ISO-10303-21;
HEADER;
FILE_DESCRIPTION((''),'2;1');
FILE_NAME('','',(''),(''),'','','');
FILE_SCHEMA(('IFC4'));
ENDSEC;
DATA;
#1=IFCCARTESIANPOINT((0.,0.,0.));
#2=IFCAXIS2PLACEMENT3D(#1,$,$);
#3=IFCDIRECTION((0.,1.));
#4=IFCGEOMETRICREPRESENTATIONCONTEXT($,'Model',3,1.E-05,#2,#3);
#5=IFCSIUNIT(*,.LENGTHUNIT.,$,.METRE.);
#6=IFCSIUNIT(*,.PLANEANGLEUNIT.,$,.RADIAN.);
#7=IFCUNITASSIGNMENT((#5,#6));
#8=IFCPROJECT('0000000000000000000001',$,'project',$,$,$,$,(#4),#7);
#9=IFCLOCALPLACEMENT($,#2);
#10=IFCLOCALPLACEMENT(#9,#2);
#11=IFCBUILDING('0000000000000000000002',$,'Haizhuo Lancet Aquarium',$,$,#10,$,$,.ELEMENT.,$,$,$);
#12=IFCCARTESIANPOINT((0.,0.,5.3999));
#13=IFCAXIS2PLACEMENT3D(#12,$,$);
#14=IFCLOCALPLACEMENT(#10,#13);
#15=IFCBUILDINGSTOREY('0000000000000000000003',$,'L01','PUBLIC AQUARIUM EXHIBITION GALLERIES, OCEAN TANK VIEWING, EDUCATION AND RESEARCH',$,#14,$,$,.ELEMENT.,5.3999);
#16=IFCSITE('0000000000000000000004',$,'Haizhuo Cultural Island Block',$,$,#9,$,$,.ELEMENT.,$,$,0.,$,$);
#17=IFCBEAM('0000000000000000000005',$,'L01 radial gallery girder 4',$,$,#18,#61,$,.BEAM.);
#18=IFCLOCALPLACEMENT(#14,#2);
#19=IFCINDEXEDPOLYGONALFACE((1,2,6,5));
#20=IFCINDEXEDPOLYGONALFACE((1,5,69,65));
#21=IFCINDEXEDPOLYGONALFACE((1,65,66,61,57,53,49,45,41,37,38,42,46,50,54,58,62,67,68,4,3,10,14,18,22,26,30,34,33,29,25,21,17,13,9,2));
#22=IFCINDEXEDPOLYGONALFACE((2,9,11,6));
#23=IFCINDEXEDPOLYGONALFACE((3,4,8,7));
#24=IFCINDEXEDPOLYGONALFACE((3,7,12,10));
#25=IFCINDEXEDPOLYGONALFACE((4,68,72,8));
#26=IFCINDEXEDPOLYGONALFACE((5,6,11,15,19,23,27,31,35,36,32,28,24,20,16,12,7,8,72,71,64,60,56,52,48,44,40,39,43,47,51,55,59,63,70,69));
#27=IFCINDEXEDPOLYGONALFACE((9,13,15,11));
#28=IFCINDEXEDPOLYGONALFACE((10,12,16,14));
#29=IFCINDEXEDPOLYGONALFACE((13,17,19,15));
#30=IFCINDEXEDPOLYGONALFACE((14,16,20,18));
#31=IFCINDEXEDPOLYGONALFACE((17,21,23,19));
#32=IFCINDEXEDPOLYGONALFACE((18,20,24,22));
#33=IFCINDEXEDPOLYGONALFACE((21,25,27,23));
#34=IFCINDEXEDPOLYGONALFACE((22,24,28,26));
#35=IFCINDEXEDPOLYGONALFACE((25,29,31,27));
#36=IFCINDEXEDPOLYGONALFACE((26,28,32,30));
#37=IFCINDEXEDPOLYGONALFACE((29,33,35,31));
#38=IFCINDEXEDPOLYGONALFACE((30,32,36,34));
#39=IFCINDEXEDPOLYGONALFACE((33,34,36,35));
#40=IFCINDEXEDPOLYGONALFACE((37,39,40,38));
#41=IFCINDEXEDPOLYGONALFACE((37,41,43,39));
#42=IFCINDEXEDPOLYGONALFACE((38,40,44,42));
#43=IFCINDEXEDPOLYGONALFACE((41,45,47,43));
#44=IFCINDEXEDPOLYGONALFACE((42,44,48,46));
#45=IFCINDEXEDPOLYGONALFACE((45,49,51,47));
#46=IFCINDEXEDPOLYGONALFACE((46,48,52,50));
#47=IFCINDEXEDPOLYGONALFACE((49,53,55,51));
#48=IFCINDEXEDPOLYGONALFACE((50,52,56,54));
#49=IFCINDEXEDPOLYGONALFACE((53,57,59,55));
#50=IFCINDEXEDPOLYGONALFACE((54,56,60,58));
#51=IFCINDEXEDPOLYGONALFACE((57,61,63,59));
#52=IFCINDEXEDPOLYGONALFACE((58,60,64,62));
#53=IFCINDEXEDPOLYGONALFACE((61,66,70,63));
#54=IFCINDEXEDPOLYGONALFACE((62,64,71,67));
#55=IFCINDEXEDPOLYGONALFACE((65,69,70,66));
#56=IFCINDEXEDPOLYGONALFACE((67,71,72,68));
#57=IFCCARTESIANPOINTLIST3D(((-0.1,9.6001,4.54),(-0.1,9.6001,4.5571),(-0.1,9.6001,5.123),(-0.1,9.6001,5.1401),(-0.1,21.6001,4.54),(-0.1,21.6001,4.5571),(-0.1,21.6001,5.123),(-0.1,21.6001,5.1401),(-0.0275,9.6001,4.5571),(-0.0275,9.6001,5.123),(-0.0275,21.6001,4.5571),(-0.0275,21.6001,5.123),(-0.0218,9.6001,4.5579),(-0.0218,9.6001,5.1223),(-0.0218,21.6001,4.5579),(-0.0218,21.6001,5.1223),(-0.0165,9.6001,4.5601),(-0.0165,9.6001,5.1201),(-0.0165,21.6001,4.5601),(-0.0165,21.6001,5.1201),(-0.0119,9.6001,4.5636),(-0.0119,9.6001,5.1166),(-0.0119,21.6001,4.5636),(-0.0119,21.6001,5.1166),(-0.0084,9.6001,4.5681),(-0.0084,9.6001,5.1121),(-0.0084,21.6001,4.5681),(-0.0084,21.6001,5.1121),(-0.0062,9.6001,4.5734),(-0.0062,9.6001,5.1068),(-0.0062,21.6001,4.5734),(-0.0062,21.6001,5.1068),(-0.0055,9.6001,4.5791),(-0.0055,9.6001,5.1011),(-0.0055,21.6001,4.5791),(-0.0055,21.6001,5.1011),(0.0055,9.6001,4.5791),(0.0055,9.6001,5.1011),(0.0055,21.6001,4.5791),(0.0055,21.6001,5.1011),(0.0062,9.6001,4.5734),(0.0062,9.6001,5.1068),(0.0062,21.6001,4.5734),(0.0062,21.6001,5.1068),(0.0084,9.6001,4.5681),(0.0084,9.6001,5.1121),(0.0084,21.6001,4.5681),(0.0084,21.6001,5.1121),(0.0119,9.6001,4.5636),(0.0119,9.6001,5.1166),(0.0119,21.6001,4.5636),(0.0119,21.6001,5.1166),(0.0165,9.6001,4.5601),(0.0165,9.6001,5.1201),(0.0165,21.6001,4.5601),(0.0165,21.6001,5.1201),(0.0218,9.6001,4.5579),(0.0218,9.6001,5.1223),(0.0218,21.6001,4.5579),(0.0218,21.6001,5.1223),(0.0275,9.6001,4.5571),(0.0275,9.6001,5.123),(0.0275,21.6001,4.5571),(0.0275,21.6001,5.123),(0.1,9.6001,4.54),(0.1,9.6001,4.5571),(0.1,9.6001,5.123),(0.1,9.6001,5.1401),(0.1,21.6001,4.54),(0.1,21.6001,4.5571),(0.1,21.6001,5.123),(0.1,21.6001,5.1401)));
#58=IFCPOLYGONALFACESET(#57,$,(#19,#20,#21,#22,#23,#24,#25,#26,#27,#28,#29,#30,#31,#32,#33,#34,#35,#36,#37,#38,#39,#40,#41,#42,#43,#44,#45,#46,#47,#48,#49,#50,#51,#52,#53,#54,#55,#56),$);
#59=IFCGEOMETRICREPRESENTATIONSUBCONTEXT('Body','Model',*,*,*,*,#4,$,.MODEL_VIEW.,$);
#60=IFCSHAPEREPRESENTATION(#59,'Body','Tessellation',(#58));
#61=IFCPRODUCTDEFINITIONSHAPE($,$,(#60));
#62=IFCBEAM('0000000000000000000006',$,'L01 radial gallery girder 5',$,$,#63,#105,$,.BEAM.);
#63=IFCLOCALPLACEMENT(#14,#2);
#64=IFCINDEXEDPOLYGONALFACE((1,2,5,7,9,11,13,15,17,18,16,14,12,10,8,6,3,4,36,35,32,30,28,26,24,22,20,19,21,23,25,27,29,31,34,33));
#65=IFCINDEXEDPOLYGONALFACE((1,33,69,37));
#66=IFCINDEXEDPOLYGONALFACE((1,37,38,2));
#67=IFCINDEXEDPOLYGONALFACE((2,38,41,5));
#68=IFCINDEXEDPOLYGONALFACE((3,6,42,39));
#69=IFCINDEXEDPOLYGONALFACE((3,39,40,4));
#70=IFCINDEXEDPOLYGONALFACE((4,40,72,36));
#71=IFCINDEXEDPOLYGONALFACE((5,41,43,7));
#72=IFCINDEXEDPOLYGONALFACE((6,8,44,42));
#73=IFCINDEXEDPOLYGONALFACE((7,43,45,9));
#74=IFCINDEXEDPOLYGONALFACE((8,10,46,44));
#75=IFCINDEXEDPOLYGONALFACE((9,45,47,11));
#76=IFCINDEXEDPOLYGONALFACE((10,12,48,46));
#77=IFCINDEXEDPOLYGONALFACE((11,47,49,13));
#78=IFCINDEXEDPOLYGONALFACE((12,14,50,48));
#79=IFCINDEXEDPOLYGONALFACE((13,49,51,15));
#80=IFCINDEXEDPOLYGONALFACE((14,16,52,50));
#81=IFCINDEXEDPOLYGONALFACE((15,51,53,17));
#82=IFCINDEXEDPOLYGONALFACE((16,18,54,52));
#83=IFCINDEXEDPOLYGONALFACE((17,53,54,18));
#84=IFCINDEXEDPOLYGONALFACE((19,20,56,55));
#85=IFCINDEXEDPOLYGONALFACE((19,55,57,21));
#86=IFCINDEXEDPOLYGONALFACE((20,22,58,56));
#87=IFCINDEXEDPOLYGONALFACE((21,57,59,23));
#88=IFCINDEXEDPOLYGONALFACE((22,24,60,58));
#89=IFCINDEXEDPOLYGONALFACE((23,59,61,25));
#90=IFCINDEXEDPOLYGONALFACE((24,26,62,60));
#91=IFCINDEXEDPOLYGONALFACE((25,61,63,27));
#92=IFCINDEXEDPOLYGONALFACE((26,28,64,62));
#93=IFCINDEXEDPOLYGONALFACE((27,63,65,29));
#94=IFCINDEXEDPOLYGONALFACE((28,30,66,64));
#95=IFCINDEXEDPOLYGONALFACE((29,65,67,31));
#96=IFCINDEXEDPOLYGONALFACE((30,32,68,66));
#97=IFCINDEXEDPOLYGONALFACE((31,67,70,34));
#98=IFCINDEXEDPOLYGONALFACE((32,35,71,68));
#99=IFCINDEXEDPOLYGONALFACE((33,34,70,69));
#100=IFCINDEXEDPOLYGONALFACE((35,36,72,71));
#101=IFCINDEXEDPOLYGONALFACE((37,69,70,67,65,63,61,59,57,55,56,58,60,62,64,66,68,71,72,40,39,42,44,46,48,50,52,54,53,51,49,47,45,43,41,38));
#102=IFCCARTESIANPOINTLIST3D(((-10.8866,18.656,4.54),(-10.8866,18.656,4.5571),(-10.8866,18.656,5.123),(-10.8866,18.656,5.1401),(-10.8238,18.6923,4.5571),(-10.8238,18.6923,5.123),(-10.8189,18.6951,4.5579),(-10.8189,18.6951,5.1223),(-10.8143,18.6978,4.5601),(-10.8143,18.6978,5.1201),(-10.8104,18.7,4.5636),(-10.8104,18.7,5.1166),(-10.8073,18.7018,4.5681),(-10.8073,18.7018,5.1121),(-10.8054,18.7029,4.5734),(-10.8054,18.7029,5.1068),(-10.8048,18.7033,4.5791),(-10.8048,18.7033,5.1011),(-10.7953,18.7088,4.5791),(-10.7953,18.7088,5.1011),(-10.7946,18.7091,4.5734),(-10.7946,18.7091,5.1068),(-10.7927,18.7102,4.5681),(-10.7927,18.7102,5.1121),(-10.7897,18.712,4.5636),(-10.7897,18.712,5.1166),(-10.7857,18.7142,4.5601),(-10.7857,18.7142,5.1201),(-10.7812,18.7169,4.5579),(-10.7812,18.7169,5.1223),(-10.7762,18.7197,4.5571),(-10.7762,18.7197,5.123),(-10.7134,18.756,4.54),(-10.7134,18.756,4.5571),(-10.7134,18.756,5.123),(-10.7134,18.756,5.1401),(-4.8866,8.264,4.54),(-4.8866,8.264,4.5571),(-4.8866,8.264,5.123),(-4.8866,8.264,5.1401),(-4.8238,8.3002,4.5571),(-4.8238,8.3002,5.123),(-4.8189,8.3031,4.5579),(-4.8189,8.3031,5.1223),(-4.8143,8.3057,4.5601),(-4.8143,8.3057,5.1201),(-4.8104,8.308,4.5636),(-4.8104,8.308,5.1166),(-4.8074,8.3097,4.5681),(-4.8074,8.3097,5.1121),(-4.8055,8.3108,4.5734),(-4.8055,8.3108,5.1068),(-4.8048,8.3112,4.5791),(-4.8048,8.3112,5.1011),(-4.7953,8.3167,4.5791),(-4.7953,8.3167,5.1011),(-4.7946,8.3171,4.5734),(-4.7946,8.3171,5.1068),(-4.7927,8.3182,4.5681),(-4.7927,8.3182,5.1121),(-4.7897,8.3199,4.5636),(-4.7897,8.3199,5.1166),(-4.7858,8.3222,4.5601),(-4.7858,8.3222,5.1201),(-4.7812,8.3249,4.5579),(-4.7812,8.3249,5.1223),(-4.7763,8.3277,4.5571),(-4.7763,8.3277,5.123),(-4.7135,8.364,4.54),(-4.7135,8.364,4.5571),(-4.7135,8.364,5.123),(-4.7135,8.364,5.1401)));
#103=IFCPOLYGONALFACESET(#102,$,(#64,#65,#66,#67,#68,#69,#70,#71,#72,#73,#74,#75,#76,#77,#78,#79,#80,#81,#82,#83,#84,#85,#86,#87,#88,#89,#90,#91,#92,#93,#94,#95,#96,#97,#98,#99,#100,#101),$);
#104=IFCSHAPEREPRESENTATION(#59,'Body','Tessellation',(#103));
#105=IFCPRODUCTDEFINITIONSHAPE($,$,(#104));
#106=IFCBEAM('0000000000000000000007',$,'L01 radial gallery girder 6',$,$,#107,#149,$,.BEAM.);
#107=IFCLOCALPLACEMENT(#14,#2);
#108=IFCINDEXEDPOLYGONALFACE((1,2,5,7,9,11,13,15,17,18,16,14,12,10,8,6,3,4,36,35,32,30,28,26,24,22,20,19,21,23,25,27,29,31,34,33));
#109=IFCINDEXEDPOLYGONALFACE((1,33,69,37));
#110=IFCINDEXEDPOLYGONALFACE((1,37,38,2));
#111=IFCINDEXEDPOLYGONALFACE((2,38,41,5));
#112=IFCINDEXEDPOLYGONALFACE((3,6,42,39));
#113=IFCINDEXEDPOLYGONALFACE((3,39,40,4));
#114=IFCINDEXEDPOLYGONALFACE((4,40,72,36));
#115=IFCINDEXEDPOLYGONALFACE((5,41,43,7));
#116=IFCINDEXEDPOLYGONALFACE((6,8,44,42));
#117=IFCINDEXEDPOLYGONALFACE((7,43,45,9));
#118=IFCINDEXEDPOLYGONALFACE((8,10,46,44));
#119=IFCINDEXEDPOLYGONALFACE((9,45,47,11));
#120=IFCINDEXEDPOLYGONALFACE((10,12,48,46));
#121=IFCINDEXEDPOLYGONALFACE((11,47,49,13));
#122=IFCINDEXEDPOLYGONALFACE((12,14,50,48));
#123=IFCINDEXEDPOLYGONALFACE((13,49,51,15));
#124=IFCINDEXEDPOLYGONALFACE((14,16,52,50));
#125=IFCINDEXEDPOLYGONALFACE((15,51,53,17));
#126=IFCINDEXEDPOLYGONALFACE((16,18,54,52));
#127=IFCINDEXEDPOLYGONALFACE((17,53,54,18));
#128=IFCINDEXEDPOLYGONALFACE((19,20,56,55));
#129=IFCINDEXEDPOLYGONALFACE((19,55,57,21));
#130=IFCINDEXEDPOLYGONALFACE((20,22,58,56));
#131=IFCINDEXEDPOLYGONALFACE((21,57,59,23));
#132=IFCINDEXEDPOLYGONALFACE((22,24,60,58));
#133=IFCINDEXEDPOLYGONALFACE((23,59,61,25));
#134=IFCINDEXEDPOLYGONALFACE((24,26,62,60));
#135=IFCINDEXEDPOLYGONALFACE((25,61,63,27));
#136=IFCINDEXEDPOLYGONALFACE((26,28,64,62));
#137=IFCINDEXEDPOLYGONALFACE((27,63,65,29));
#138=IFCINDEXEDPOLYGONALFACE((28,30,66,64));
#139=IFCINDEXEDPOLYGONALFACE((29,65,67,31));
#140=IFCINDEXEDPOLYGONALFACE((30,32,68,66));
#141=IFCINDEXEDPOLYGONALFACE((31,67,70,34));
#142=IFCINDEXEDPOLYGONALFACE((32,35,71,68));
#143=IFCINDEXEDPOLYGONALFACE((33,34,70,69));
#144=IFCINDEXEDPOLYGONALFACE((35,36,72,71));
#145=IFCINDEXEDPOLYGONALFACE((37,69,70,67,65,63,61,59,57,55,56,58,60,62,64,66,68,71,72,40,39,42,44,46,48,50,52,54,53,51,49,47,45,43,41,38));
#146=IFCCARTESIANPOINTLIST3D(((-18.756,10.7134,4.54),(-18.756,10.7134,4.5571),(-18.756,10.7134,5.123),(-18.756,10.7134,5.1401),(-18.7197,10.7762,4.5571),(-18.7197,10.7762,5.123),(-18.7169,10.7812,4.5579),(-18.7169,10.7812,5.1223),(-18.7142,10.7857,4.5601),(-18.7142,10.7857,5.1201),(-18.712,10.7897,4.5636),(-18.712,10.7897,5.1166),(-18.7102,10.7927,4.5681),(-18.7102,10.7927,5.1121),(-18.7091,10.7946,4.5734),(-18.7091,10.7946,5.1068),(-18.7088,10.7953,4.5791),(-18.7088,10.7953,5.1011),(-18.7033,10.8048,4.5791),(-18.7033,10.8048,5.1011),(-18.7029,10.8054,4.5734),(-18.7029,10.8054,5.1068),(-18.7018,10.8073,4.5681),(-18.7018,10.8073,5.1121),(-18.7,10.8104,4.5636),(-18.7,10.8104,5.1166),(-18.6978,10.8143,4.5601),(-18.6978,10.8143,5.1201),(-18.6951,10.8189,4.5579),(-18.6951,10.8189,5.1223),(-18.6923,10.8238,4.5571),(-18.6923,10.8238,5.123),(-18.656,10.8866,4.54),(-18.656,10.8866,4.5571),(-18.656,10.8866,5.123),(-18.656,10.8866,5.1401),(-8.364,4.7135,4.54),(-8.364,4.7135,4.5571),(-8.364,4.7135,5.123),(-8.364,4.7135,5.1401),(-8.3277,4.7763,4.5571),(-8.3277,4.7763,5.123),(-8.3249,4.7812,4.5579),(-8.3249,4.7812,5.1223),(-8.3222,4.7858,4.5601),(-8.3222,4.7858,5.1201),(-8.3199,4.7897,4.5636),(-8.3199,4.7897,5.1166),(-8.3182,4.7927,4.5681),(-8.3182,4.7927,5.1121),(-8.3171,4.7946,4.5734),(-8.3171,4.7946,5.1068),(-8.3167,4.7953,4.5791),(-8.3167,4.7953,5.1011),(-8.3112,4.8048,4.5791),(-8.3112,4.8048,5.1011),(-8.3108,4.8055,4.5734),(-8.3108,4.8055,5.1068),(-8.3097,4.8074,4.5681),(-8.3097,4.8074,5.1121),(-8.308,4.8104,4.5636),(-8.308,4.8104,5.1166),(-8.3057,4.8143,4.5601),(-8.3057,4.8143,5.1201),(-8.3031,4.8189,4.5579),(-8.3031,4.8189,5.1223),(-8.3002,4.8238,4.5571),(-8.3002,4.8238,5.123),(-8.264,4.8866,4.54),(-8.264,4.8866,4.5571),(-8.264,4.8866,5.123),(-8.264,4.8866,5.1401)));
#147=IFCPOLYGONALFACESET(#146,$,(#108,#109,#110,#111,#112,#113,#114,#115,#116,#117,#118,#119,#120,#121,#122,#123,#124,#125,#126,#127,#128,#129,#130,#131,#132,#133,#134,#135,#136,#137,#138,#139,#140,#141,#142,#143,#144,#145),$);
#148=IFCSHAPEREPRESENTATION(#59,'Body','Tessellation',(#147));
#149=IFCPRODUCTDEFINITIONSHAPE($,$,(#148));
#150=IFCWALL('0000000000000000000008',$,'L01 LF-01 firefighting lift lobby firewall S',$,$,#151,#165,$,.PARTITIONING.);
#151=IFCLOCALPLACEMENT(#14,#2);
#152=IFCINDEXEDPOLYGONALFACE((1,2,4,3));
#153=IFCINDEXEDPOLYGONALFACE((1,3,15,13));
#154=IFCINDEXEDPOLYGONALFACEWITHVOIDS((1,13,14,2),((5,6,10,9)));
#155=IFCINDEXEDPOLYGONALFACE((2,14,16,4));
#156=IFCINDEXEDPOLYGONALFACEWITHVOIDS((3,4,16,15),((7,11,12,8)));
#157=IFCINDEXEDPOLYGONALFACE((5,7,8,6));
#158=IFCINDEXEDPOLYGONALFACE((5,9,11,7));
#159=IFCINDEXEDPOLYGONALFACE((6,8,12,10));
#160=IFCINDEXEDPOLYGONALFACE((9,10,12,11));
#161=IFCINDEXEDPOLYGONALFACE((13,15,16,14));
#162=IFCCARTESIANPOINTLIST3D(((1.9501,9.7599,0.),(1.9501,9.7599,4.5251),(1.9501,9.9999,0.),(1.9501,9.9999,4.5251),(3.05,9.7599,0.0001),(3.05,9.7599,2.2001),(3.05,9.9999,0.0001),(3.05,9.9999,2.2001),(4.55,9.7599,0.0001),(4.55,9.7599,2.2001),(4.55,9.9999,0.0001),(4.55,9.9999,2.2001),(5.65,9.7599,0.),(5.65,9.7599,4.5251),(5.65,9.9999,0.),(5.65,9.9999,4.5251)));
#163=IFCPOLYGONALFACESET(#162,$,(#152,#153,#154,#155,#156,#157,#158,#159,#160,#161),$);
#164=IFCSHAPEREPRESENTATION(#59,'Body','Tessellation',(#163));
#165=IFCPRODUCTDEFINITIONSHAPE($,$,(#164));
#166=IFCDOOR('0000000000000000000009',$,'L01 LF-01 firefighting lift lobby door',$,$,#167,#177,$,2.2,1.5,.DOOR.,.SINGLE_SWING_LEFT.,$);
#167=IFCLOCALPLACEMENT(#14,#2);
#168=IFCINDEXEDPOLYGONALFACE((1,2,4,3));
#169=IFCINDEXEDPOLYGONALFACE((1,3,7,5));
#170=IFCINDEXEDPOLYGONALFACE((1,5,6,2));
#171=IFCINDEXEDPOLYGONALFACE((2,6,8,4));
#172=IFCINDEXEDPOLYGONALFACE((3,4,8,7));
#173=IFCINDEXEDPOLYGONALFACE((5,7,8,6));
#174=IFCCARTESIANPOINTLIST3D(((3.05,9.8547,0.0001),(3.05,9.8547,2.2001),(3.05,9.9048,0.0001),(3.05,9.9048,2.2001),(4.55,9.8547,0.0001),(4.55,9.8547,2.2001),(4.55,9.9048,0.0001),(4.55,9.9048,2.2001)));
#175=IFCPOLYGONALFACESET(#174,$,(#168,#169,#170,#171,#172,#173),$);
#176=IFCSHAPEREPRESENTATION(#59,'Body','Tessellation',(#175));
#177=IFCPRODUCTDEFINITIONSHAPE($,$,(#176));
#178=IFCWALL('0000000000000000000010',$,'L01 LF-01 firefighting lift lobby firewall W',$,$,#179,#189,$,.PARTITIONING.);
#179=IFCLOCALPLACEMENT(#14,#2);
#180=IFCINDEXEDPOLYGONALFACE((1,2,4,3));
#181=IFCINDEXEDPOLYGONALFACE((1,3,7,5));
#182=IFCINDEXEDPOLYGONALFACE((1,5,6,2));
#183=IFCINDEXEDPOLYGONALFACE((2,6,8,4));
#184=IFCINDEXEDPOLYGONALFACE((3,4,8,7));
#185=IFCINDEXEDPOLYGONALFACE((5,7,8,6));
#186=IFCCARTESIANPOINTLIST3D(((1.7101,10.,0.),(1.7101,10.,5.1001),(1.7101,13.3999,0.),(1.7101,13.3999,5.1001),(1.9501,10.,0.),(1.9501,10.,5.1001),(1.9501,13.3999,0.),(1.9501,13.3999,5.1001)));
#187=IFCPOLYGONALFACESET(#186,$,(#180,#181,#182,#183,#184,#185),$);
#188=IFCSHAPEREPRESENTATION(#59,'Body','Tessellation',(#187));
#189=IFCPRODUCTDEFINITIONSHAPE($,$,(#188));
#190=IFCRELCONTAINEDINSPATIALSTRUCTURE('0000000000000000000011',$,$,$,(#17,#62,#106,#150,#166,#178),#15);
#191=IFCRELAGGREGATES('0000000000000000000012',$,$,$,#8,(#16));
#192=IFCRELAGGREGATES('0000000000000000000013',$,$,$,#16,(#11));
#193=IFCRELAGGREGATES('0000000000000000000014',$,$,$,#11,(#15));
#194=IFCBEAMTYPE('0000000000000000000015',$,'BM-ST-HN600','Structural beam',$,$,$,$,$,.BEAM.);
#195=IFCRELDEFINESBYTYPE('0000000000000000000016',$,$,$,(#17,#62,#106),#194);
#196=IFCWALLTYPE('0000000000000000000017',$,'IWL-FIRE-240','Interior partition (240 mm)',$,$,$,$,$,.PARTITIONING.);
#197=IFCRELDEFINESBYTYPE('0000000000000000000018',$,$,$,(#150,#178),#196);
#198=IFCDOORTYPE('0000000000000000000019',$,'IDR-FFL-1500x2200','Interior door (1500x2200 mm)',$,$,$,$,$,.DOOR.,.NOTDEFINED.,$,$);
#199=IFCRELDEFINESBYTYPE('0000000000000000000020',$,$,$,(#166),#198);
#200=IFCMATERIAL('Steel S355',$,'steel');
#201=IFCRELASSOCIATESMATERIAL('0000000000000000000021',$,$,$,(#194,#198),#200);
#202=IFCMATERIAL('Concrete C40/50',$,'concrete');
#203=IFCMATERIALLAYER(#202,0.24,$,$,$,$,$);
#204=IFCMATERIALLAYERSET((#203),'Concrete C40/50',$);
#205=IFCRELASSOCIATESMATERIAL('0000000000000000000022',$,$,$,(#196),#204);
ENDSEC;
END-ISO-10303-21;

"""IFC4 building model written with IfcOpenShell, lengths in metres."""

from ifc_helpers import new_model, si_unit, direction, frame, frame_2d, origin, origin_2d, place, context, subcontext, project, spatial, rectangle, i_section, extrude, material, layer, layer_set, material_profile, profile_set, type_object, element, fill, save


model = new_model("IFC4")

# Units and contexts
model_context = context("Model", 3, precision=1e-05, world=origin(), true_north=direction((0.0, 1.0)))
body_context = subcontext(model_context, "Body", "Model", "MODEL_VIEW")
ifc_project = project(units=[si_unit("LENGTHUNIT", "METRE"), si_unit("PLANEANGLEUNIT", "RADIAN")], contexts=[model_context])

# Site, building, storey
site_placement = place(None, origin())
site = spatial("IfcSite", under=ifc_project, at=site_placement, Name="Haizhuo Cultural Island Block", CompositionType="ELEMENT", RefElevation=0.0)
building_placement = place(site_placement, origin())
building = spatial("IfcBuilding", under=site, at=building_placement, Name="Haizhuo Lancet Aquarium", CompositionType="ELEMENT")
storey_placement = place(building_placement, frame((0.0, 0.0, 5.3999)))
storey = spatial("IfcBuildingStorey", under=building, at=storey_placement, Name="L01", Description="PUBLIC AQUARIUM EXHIBITION GALLERIES, OCEAN TANK VIEWING, EDUCATION AND RESEARCH", CompositionType="ELEMENT", Elevation=5.3999)

# Beams
ifc_material_1 = material(Name="Concrete C40/50", Category="concrete")
ifc_material_2 = material(Name="Steel S355", Category="steel")
ifc_material_profile_1 = material_profile(ifc_material_2, i_section(OverallWidth=0.2, OverallDepth=0.6001, WebThickness=0.011, FlangeThickness=0.0171, FilletRadius=0.022, at=origin_2d()), Name="HN 600x200x11x17")
ifc_profile_set_1 = profile_set([ifc_material_profile_1], Name="Steel S355")
beam_type_1 = type_object("IfcBeamType", Name="BM-ST-HN600", Description="Structural beam", PredefinedType="BEAM", material=ifc_profile_set_1)
beam_1_placement = place(storey_placement, frame((0.0, 9.6001, 4.8401), z_axis=(0.0, 1.0, 0.0), x_axis=(-1.0, 0.0, 0.0)))
element("IfcBeam", 1, at=beam_1_placement, inside=storey, type_object=beam_type_1, Name="L01 radial gallery girder 4", PredefinedType="BEAM", context=body_context, shape_type="SweptSolid", body=[
    extrude(i_section(OverallWidth=0.2, OverallDepth=0.6001, WebThickness=0.011, FlangeThickness=0.0171, FilletRadius=0.022, at=origin_2d()), origin(), (0.0, 0.0, 1.0), 12.0),
])
for number, where, z_axis, x_axis, name in (
    (2, (-4.8, 8.314, 4.8401), (-0.500008, 0.866021, 0.0), (-0.866021, -0.500008, 0.0), "L01 radial gallery girder 5"),
    (3, (-8.314, 4.8, 4.8401), (-0.866021, 0.500008, 0.0), (-0.500008, -0.866021, 0.0), "L01 radial gallery girder 6"),
):
    element("IfcBeam", number, at=place(storey_placement, frame(where, z_axis=z_axis, x_axis=x_axis)), inside=storey, type_object=beam_type_1, Name=name, PredefinedType="BEAM", context=body_context, shape_type="SweptSolid", body=[
        extrude(i_section(OverallWidth=0.2, OverallDepth=0.6001, WebThickness=0.011, FlangeThickness=0.0171, FilletRadius=0.022, at=origin_2d()), origin(), (0.0, 0.0, 1.0), 11.9998),
    ])

# Wall, opening, door
ifc_layer_1 = layer(ifc_material_1, 0.24)
ifc_layer_set_1 = layer_set([ifc_layer_1], Name="Concrete C40/50")
wall_type_1 = type_object("IfcWallType", Name="IWL-FIRE-240", Description="Interior partition (240 mm)", PredefinedType="PARTITIONING", material=ifc_layer_set_1)
wall_1_placement = place(storey_placement, frame((1.95, 9.8799, 0.0), z_axis=(0.0, 0.0, 1.0), x_axis=(1.0, 0.0, 0.0)))
wall_1 = element("IfcWall", 4, at=wall_1_placement, inside=storey, type_object=wall_type_1, Name="L01 LF-01 firefighting lift lobby firewall S", PredefinedType="PARTITIONING", context=body_context, shape_type="SweptSolid", body=[
    extrude(rectangle(XDim=3.7, YDim=0.24, at=frame_2d((1.8501, 0.0))), origin(), (0.0, 0.0, 1.0), 4.5251),
])
opening_1_placement = place(wall_1_placement, frame((1.1001, 0.0, 0.0)))
opening_1 = element("IfcOpeningElement", 5, at=opening_1_placement, cuts=wall_1, PredefinedType="OPENING", context=body_context, shape_type="SweptSolid", body=[
    extrude(rectangle(XDim=1.5, YDim=2.2, at=frame_2d((0.75, 1.1001))), frame((0.0, 0.1299, 0.0), z_axis=(0.0, -1.0, 0.0), x_axis=(1.0, 0.0, 0.0)), (0.0, 0.0, 1.0), 0.26),
])
door_type_1 = type_object("IfcDoorType", Name="IDR-FFL-1500x2200", Description="Interior door (1500x2200 mm)", OperationType="NOTDEFINED", PredefinedType="DOOR", material=ifc_material_2)
door_1_placement = place(opening_1_placement, origin())
door_1 = element("IfcDoor", 6, at=door_1_placement, inside=storey, type_object=door_type_1, Name="L01 LF-01 firefighting lift lobby door", OperationType="SINGLE_SWING_LEFT", OverallHeight=2.2, OverallWidth=1.5, PredefinedType="DOOR", context=body_context, shape_type="SweptSolid", body=[
    extrude(rectangle(XDim=1.5, YDim=2.2, at=frame_2d((0.75, 1.1001))), frame((0.0, 0.0249, 0.0), z_axis=(0.0, -1.0, 0.0), x_axis=(1.0, 0.0, 0.0)), (0.0, 0.0, 1.0), 0.05),
])
fill(opening_1, door_1)

# Wall
wall_2_placement = place(storey_placement, frame((1.8301, 10.0, 0.0), z_axis=(0.0, 0.0, 1.0), x_axis=(0.0, 1.0, 0.0)))
element("IfcWall", 7, at=wall_2_placement, inside=storey, type_object=wall_type_1, Name="L01 LF-01 firefighting lift lobby firewall W", PredefinedType="PARTITIONING", context=body_context, shape_type="SweptSolid", body=[
    extrude(rectangle(XDim=3.3999, YDim=0.24, at=frame_2d((1.7, 0.0))), origin(), (0.0, 0.0, 1.0), 5.1001),
])

save(model, "model.ifc")
